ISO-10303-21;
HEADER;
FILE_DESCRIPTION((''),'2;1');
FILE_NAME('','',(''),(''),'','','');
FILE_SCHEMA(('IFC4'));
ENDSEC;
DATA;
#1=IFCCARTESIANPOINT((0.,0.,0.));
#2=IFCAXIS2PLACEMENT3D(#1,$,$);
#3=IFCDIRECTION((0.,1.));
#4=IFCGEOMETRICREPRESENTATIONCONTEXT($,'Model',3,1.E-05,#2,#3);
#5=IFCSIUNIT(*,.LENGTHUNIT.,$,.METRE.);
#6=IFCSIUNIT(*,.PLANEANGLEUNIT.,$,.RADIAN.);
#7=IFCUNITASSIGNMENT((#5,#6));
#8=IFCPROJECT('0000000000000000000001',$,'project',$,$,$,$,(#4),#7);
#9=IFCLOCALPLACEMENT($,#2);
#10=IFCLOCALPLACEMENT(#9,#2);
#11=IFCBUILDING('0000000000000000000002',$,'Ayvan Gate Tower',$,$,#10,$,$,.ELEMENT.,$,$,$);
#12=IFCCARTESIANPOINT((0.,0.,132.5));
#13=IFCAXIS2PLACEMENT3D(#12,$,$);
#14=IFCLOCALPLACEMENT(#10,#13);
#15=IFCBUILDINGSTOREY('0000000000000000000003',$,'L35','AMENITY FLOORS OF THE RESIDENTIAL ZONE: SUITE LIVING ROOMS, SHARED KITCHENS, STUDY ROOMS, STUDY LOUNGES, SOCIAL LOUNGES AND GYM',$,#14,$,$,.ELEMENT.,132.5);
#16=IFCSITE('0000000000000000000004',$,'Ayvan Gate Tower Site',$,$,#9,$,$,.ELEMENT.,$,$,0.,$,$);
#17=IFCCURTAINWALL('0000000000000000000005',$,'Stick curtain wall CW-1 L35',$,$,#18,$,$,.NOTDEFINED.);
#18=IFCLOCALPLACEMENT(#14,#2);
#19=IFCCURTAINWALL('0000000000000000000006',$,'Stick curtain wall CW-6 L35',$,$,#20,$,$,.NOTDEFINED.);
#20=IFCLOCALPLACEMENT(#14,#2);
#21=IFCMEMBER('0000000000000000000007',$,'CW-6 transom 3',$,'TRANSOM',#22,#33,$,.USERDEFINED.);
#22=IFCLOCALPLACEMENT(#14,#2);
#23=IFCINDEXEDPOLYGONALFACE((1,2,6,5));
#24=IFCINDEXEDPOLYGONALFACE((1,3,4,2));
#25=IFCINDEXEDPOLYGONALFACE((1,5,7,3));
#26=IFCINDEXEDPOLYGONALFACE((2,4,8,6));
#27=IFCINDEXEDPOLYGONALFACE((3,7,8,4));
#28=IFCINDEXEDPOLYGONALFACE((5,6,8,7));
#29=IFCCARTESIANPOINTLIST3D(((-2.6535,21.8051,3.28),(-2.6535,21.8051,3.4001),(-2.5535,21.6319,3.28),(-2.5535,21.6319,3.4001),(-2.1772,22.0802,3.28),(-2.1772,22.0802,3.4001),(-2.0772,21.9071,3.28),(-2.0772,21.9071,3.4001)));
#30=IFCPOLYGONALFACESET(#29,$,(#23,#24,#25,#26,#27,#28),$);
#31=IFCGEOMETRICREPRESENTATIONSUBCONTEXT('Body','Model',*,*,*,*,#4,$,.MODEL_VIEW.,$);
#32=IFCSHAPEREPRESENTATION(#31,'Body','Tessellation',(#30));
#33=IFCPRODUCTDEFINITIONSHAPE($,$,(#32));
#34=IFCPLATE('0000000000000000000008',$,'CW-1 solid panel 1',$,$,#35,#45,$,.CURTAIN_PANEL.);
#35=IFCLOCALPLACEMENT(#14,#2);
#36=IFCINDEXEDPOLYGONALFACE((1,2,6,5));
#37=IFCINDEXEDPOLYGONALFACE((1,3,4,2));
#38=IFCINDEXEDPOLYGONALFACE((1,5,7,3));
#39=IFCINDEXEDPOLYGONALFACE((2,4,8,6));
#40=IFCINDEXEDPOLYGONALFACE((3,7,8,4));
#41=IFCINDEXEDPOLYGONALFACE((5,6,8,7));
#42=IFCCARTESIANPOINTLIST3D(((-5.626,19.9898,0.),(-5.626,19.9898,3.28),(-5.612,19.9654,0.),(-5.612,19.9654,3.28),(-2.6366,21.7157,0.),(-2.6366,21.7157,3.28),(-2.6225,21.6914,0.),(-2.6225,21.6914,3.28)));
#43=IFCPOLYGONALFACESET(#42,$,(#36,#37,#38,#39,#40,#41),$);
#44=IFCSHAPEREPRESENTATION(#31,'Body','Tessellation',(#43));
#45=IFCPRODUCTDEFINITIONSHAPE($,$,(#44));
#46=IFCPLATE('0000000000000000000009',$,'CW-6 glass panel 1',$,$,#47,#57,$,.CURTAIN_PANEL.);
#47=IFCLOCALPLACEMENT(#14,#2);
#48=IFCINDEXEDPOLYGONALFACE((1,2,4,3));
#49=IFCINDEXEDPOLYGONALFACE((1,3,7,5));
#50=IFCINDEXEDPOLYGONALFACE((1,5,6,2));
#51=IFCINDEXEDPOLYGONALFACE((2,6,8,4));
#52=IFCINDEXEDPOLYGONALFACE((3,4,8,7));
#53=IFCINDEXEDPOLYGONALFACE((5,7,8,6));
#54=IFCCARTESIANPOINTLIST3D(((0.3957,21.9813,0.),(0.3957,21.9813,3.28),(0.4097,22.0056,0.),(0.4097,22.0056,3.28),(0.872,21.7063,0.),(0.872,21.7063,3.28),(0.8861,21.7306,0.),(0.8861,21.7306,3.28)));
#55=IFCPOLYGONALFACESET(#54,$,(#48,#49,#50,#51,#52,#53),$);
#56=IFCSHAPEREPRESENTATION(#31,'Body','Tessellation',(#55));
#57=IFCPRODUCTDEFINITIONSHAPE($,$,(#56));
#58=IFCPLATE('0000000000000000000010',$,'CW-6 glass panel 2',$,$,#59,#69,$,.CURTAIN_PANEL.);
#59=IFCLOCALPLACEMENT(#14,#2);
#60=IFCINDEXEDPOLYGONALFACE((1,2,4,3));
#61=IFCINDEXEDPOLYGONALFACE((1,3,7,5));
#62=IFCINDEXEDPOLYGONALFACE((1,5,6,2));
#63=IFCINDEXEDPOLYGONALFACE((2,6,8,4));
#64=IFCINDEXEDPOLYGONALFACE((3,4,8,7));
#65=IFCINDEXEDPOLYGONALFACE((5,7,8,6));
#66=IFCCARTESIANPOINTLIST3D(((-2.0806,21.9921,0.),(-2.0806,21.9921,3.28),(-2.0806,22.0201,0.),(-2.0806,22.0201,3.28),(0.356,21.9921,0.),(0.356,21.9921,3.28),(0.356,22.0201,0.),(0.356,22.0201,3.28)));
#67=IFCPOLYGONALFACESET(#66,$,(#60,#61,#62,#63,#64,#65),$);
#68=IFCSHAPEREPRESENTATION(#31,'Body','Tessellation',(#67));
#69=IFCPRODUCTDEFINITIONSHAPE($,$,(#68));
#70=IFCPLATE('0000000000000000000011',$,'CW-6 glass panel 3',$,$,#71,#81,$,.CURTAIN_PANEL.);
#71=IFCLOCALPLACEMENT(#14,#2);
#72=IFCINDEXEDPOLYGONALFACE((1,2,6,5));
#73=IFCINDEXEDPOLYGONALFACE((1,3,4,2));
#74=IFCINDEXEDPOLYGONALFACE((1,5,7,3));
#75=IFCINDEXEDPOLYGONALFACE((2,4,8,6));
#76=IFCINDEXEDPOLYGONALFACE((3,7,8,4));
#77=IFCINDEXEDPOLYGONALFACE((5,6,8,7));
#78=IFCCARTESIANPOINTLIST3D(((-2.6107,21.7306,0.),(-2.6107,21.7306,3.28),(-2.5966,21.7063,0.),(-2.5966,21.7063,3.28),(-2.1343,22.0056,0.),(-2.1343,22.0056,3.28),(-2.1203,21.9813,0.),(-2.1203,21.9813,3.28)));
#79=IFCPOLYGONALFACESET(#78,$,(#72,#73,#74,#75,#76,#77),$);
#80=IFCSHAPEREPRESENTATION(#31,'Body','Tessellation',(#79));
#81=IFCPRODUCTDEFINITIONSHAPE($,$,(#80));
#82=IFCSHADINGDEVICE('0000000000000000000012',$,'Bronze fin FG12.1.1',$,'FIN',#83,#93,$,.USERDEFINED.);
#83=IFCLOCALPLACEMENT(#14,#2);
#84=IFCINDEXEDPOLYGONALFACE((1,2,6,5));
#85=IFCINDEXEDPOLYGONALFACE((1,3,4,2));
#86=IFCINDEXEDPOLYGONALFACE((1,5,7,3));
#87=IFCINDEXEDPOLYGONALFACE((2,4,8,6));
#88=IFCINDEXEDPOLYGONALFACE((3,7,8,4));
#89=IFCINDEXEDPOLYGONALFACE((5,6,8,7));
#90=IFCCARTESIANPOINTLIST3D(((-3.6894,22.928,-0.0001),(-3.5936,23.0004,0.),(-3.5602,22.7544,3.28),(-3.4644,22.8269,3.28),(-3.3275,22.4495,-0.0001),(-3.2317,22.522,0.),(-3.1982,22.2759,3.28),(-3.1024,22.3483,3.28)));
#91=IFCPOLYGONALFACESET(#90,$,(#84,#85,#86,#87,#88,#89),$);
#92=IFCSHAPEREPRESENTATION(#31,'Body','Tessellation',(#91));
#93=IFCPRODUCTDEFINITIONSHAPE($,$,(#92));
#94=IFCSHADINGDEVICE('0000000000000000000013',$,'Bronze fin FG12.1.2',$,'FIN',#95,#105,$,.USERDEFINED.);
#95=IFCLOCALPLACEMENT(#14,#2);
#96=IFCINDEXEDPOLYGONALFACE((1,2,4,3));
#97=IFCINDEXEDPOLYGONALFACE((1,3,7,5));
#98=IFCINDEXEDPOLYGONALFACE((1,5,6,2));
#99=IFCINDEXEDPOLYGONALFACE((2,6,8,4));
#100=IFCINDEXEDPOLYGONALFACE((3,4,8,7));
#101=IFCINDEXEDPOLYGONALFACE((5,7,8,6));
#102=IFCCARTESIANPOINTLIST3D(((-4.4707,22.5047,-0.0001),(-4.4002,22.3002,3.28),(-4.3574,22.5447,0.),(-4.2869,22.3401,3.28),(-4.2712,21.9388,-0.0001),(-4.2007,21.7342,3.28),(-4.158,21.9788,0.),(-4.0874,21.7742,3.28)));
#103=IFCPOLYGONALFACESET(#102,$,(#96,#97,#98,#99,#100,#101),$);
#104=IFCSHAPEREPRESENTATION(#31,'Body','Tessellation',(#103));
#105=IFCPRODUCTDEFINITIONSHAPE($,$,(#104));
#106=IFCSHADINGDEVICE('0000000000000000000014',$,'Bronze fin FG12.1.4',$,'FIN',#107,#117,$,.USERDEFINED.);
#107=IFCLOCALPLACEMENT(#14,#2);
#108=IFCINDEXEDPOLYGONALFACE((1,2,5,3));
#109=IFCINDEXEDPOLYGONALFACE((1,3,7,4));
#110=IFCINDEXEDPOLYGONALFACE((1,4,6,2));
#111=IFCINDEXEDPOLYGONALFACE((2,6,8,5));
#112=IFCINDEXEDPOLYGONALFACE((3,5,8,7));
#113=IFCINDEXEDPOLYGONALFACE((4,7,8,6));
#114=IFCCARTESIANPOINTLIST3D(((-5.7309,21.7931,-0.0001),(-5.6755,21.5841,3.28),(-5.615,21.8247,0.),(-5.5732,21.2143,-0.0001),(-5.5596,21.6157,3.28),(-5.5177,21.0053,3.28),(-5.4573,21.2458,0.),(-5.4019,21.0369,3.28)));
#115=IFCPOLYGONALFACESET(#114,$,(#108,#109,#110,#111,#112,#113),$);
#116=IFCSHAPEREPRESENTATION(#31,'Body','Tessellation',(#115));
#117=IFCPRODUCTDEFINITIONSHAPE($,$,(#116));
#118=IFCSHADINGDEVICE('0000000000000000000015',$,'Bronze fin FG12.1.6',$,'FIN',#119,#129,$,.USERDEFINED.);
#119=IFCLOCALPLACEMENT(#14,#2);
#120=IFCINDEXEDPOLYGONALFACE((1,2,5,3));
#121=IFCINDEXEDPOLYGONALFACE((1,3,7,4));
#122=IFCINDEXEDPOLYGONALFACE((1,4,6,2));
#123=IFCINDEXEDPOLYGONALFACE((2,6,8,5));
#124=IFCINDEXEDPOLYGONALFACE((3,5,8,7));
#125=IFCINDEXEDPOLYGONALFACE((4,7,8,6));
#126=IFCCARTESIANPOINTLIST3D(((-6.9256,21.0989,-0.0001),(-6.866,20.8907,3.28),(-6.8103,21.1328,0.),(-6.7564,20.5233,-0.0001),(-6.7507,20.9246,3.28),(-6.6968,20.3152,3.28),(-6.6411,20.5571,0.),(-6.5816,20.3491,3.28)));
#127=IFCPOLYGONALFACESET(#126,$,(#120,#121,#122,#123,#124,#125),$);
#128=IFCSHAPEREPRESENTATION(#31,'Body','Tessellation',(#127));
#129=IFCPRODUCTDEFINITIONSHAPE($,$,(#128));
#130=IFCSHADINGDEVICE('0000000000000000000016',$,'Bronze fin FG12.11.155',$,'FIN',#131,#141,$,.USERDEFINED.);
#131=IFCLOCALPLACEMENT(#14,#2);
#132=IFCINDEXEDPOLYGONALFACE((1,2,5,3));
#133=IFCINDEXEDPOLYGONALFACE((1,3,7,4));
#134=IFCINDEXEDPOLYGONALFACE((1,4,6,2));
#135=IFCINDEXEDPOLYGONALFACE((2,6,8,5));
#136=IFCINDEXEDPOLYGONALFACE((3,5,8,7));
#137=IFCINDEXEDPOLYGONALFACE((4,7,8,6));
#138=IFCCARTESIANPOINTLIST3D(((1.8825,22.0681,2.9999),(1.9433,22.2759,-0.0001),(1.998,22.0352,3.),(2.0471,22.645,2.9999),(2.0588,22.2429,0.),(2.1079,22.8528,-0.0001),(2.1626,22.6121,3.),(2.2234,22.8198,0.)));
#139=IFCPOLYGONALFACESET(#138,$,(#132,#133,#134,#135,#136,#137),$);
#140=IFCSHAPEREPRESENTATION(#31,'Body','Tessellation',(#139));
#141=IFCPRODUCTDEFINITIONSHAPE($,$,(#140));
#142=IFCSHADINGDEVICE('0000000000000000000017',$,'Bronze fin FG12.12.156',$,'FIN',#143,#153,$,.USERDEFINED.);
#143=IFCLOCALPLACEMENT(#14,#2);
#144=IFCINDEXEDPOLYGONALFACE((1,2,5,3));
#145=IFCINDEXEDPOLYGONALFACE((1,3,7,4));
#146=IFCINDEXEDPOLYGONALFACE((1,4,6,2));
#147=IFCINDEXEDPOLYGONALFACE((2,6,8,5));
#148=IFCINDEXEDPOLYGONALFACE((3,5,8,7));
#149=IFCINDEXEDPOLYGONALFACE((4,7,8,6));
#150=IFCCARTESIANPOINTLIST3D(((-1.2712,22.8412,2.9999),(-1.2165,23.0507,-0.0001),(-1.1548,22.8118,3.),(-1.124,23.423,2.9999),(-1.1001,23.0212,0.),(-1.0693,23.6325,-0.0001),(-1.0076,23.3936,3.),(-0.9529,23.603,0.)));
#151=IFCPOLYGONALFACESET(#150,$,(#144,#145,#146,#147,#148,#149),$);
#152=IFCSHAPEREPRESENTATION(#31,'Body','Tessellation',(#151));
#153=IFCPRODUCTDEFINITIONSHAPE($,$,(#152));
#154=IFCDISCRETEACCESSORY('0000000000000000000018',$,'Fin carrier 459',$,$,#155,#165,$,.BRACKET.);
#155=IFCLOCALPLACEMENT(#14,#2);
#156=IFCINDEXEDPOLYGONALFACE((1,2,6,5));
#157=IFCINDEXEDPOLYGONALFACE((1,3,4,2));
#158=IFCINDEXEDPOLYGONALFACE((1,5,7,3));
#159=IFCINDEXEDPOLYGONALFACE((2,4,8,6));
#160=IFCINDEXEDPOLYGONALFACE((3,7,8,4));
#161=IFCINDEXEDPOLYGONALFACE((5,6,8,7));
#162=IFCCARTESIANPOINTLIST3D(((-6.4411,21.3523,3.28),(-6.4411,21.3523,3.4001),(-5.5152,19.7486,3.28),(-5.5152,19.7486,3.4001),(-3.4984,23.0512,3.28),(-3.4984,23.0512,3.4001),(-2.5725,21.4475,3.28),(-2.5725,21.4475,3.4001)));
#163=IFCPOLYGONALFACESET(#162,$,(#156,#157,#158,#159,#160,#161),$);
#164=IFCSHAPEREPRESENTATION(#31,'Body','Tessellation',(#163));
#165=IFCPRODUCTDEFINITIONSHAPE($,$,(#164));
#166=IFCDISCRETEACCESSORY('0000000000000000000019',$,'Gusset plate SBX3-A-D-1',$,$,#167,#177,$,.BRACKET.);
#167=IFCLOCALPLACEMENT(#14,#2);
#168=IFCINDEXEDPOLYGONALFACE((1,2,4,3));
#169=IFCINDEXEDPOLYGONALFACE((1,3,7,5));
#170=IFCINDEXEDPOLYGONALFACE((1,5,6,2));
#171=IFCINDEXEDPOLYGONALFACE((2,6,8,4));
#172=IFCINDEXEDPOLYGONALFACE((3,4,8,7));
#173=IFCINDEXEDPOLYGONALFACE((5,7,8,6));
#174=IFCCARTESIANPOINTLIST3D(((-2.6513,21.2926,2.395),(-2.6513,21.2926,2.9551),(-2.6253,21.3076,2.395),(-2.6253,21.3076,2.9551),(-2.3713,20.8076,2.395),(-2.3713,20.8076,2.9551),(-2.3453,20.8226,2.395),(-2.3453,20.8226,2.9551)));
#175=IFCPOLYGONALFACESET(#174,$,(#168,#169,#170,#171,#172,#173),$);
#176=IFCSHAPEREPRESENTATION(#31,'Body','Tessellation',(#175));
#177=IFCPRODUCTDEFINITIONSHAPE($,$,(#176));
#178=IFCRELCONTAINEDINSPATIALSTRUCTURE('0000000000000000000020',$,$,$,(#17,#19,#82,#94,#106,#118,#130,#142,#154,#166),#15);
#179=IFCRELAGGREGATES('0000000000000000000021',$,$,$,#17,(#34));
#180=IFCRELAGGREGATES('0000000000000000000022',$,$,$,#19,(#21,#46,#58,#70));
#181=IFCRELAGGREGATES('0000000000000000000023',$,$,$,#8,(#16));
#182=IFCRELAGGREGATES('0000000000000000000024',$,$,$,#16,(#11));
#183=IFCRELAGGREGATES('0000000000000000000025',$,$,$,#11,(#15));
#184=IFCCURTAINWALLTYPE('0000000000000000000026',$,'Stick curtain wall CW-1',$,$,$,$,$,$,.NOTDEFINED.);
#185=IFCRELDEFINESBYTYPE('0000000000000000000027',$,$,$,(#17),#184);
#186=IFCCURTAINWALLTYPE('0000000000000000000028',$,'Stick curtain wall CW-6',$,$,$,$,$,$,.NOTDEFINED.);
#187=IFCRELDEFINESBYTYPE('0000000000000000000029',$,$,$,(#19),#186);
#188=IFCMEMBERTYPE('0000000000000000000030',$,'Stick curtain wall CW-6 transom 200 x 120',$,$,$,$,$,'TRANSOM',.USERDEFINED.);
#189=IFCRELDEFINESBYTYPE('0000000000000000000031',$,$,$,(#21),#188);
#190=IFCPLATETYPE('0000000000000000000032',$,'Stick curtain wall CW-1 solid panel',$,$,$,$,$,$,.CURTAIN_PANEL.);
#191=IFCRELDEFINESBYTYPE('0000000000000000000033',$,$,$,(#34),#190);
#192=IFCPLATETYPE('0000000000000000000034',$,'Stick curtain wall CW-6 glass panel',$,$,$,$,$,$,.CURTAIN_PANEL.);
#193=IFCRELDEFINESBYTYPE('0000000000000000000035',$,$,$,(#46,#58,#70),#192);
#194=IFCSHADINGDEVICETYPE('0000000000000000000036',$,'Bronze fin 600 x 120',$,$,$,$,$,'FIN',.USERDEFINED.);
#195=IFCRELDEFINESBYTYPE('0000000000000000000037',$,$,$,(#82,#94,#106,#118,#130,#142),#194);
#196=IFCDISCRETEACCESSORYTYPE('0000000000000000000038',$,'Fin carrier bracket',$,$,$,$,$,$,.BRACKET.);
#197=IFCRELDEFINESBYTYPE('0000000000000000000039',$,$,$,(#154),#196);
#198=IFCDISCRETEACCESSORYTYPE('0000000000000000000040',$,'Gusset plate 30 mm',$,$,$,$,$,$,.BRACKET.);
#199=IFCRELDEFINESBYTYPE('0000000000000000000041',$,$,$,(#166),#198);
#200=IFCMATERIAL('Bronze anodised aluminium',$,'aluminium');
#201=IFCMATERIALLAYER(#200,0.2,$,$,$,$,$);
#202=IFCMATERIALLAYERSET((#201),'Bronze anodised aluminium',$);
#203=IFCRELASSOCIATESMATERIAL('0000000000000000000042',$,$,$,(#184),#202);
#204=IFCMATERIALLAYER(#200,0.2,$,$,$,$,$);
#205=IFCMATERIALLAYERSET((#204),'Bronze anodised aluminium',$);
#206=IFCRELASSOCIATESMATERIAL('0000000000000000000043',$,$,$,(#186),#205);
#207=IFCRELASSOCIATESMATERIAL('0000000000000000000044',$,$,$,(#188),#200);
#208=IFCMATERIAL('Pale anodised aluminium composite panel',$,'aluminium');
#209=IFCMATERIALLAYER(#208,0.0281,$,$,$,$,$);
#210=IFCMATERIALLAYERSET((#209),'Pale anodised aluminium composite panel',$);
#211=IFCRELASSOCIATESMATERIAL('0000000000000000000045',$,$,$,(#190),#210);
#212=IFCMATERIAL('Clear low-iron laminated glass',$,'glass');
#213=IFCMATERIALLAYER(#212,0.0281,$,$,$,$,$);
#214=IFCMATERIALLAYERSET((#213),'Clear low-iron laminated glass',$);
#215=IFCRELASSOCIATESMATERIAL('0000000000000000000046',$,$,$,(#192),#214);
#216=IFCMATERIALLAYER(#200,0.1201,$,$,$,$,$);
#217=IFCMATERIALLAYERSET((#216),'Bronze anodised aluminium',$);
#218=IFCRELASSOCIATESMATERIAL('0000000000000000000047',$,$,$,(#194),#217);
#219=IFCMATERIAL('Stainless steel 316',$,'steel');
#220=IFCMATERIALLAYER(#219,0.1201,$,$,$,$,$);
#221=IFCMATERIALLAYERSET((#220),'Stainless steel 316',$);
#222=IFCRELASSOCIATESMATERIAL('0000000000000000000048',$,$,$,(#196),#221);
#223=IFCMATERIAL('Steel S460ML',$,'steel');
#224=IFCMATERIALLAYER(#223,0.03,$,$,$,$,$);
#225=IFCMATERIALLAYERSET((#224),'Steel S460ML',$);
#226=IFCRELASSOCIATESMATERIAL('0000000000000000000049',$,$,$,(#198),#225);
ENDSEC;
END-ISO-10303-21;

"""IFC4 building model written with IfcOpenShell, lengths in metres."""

from ifc_helpers import new_model, si_unit, direction, frame, origin, origin_2d, place, context, subcontext, project, spatial, polyline, rectangle, outline, extrude, material, layer, layer_set, material_profile, profile_set, type_object, element, aggregate, save


model = new_model("IFC4")

# Units and contexts
model_context = context("Model", 3, precision=1e-05, world=origin(), true_north=direction((0.0, 1.0)))
body_context = subcontext(model_context, "Body", "Model", "MODEL_VIEW")
ifc_project = project(units=[si_unit("LENGTHUNIT", "METRE"), si_unit("PLANEANGLEUNIT", "RADIAN")], contexts=[model_context])

# Site, building, storey
site_placement = place(None, origin())
site = spatial("IfcSite", under=ifc_project, at=site_placement, Name="Ayvan Gate Tower Site", CompositionType="ELEMENT", RefElevation=0.0)
building_placement = place(site_placement, origin())
building = spatial("IfcBuilding", under=site, at=building_placement, Name="Ayvan Gate Tower", CompositionType="ELEMENT")
storey_placement = place(building_placement, frame((0.0, 0.0, 132.5)))
storey = spatial("IfcBuildingStorey", under=building, at=storey_placement, Name="L35", Description="AMENITY FLOORS OF THE RESIDENTIAL ZONE: SUITE LIVING ROOMS, SHARED KITCHENS, STUDY ROOMS, STUDY LOUNGES, SOCIAL LOUNGES AND GYM", CompositionType="ELEMENT", Elevation=132.5)

# Curtain wall
ifc_material_1 = material(Name="Bronze anodised aluminium", Category="aluminium")
ifc_layer_1 = layer(ifc_material_1, 0.2)
ifc_layer_set_1 = layer_set([ifc_layer_1], Name="Bronze anodised aluminium")
curtain_wall_type_1 = type_object("IfcCurtainWallType", Name="Stick curtain wall CW-1", PredefinedType="NOTDEFINED", material=ifc_layer_set_1)
curtain_wall_1_placement = place(storey_placement, origin())
curtain_wall_1 = element("IfcCurtainWall", 1, at=curtain_wall_1_placement, inside=storey, type_object=curtain_wall_type_1, Name="Stick curtain wall CW-1 L35", PredefinedType="NOTDEFINED")

# Curtain wall, member
ifc_layer_2 = layer(ifc_material_1, 0.2)
ifc_layer_set_2 = layer_set([ifc_layer_2], Name="Bronze anodised aluminium")
curtain_wall_type_2 = type_object("IfcCurtainWallType", Name="Stick curtain wall CW-6", PredefinedType="NOTDEFINED", material=ifc_layer_set_2)
curtain_wall_2_placement = place(storey_placement, origin())
curtain_wall_2 = element("IfcCurtainWall", 2, at=curtain_wall_2_placement, inside=storey, type_object=curtain_wall_type_2, Name="Stick curtain wall CW-6 L35", PredefinedType="NOTDEFINED")
ifc_material_profile_1 = material_profile(ifc_material_1, rectangle(XDim=0.2, YDim=0.1201, at=origin_2d()), Name="Stick curtain wall CW-6 transom 200 x 120")
ifc_profile_set_1 = profile_set([ifc_material_profile_1], Name="Bronze anodised aluminium")
member_type_1 = type_object("IfcMemberType", Name="Stick curtain wall CW-6 transom 200 x 120", ElementType="TRANSOM", PredefinedType="USERDEFINED", material=ifc_profile_set_1)
member_1_placement = place(storey_placement, frame((-2.1272, 21.9937, 3.3401), z_axis=(-0.865912, -0.500196, 0.0), x_axis=(0.500196, -0.865912, 0.0)))
member_1 = element("IfcMember", 3, at=member_1_placement, type_object=member_type_1, Name="CW-6 transom 3", ObjectType="TRANSOM", PredefinedType="USERDEFINED", context=body_context, shape_type="SweptSolid", body=[
    extrude(rectangle(XDim=0.2, YDim=0.1201, at=origin_2d()), origin(), (0.0, 0.0, 1.0), 0.55),
])

# Plates
ifc_material_2 = material(Name="Pale anodised aluminium composite panel", Category="aluminium")
ifc_layer_3 = layer(ifc_material_2, 0.0281)
ifc_layer_set_3 = layer_set([ifc_layer_3], Name="Pale anodised aluminium composite panel")
plate_type_1 = type_object("IfcPlateType", Name="Stick curtain wall CW-1 solid panel", PredefinedType="CURTAIN_PANEL", material=ifc_layer_set_3)
plate_1_placement = place(storey_placement, frame((-4.1243, 20.8406, 0.0), z_axis=(0.0, 0.0, 1.0), x_axis=(-0.866025, -0.5, 0.0)))
plate_1 = element("IfcPlate", 4, at=plate_1_placement, type_object=plate_type_1, Name="CW-1 solid panel 1", PredefinedType="CURTAIN_PANEL", context=body_context, shape_type="SweptSolid", body=[
    extrude(rectangle(XDim=3.4519, YDim=0.0281, at=origin_2d()), origin(), (0.0, 0.0, 1.0), 3.28),
])
aggregate(curtain_wall_1, [plate_1])
ifc_material_3 = material(Name="Clear low-iron laminated glass", Category="glass")
ifc_layer_4 = layer(ifc_material_3, 0.0281)
ifc_layer_set_4 = layer_set([ifc_layer_4], Name="Clear low-iron laminated glass")
plate_type_2 = type_object("IfcPlateType", Name="Stick curtain wall CW-6 glass panel", PredefinedType="CURTAIN_PANEL", material=ifc_layer_set_4)
plate_2_placement = place(storey_placement, frame((0.6409, 21.856, 0.0), z_axis=(0.0, 0.0, 1.0), x_axis=(-0.866025, 0.5, 0.0)))
plate_2 = element("IfcPlate", 5, at=plate_2_placement, type_object=plate_type_2, Name="CW-6 glass panel 1", PredefinedType="CURTAIN_PANEL", context=body_context, shape_type="SweptSolid", body=[
    extrude(rectangle(XDim=0.55, YDim=0.0281, at=origin_2d()), origin(), (0.0, 0.0, 1.0), 3.28),
])
plate_3_placement = place(storey_placement, frame((-0.8623, 22.0061, 0.0), z_axis=(0.0, 0.0, 1.0), x_axis=(-1.0, 0.0, 0.0)))
plate_3 = element("IfcPlate", 6, at=plate_3_placement, type_object=plate_type_2, Name="CW-6 glass panel 2", PredefinedType="CURTAIN_PANEL", context=body_context, shape_type="SweptSolid", body=[
    extrude(rectangle(XDim=2.4365, YDim=0.0281, at=origin_2d()), origin(), (0.0, 0.0, 1.0), 3.28),
])
plate_4_placement = place(storey_placement, frame((-2.3655, 21.856, 0.0), z_axis=(0.0, 0.0, 1.0), x_axis=(-0.866025, -0.5, 0.0)))
plate_4 = element("IfcPlate", 7, at=plate_4_placement, type_object=plate_type_2, Name="CW-6 glass panel 3", PredefinedType="CURTAIN_PANEL", context=body_context, shape_type="SweptSolid", body=[
    extrude(rectangle(XDim=0.55, YDim=0.0281, at=origin_2d()), origin(), (0.0, 0.0, 1.0), 3.28),
])
aggregate(curtain_wall_2, [member_1, plate_2, plate_3, plate_4])

# Shading devices
ifc_layer_5 = layer(ifc_material_1, 0.1201)
ifc_layer_set_5 = layer_set([ifc_layer_5], Name="Bronze anodised aluminium")
shading_device_type = type_object("IfcShadingDeviceType", Name="Bronze fin 600 x 120", ElementType="FIN", PredefinedType="USERDEFINED", material=ifc_layer_set_5)
shading_device_1_placement = place(storey_placement, frame((-3.2317, 22.522, 0.0), z_axis=(0.797552, 0.60325, 0.000492), x_axis=(-0.60325, 0.797552, 0.0)))
element("IfcShadingDevice", 8, at=shading_device_1_placement, inside=storey, type_object=shading_device_type, Name="Bronze fin FG12.1.1", ObjectType="FIN", PredefinedType="USERDEFINED", context=body_context, shape_type="SweptSolid", body=[
    extrude(outline(polyline([(0.0, 0.0), (0.5999, 0.0), (0.3836, 3.28), (-0.2165, 3.28), (0.0, 0.0)])), origin(), (0.0, 0.0, -1.0), 0.1201),
])
shading_device_2_placement = place(storey_placement, frame((-4.158, 21.9788, 0.0), z_axis=(0.943133, 0.332416, 0.000447), x_axis=(-0.332416, 0.943133, 0.0)))
element("IfcShadingDevice", 9, at=shading_device_2_placement, inside=storey, type_object=shading_device_type, Name="Bronze fin FG12.1.2", ObjectType="FIN", PredefinedType="USERDEFINED", context=body_context, shape_type="SweptSolid", body=[
    extrude(outline(polyline([(0.0, 0.0), (0.6, 0.0), (0.3836, 3.28), (-0.2164, 3.28), (0.0, 0.0)])), origin(), (0.0, 0.0, -1.0), 0.1201),
])
shading_device_3_placement = place(storey_placement, frame((-5.4573, 21.2458, 0.0), z_axis=(0.964829, 0.262876, 0.000447), x_axis=(-0.262876, 0.96483, 0.0)))
element("IfcShadingDevice", 10, at=shading_device_3_placement, inside=storey, type_object=shading_device_type, Name="Bronze fin FG12.1.4", ObjectType="FIN", PredefinedType="USERDEFINED", context=body_context, shape_type="SweptSolid", body=[
    extrude(outline(polyline([(0.0, 0.0), (0.6, 0.0), (0.3838, 3.28), (-0.2162, 3.28), (0.0, 0.0)])), origin(), (0.0, 0.0, -1.0), 0.1201),
])
shading_device_4_placement = place(storey_placement, frame((-6.6411, 20.5571, 0.0), z_axis=(0.959408, 0.282023, 0.000471), x_axis=(-0.282023, 0.959408, 0.0)))
element("IfcShadingDevice", 11, at=shading_device_4_placement, inside=storey, type_object=shading_device_type, Name="Bronze fin FG12.1.6", ObjectType="FIN", PredefinedType="USERDEFINED", context=body_context, shape_type="SweptSolid", body=[
    extrude(outline(polyline([(0.0, 0.0), (0.6, 0.0), (0.3834, 3.28), (-0.2164, 3.28), (0.0, 0.0)])), origin(), (0.0, 0.0, -1.0), 0.1201),
])
shading_device_5_placement = place(storey_placement, frame((2.0588, 22.2429, 0.0), z_axis=(0.961647, -0.274291, 0.000491), x_axis=(0.274291, 0.961647, 0.0)))
element("IfcShadingDevice", 12, at=shading_device_5_placement, inside=storey, type_object=shading_device_type, Name="Bronze fin FG12.11.155", ObjectType="FIN", PredefinedType="USERDEFINED", context=body_context, shape_type="SweptSolid", body=[
    extrude(outline(polyline([(0.0, 0.0), (0.5999, 0.0), (0.3834, 3.0), (-0.2165, 3.0), (0.0, 0.0)])), origin(), (0.0, 0.0, -1.0), 0.1201),
])
shading_device_6_placement = place(storey_placement, frame((-1.1001, 23.0212, 0.0), z_axis=(0.969444, -0.245311, 0.000544), x_axis=(0.245311, 0.969445, 0.0)))
element("IfcShadingDevice", 13, at=shading_device_6_placement, inside=storey, type_object=shading_device_type, Name="Bronze fin FG12.12.156", ObjectType="FIN", PredefinedType="USERDEFINED", context=body_context, shape_type="SweptSolid", body=[
    extrude(outline(polyline([(0.0, 0.0), (0.6001, 0.0), (0.3836, 3.0), (-0.2165, 3.0), (0.0, 0.0)])), origin(), (0.0, 0.0, -1.0), 0.1201),
])

# Discrete accessories
ifc_material_4 = material(Name="Stainless steel 316", Category="steel")
ifc_layer_6 = layer(ifc_material_4, 0.1201)
ifc_layer_set_6 = layer_set([ifc_layer_6], Name="Stainless steel 316")
discrete_accessory_type_1 = type_object("IfcDiscreteAccessoryType", Name="Fin carrier bracket", PredefinedType="BRACKET", material=ifc_layer_set_6)
discrete_accessory_1_placement = place(storey_placement, frame((-4.5068, 21.3999, 3.28), z_axis=(0.0, 0.0, 1.0), x_axis=(-0.866025, -0.5, 0.0)))
element("IfcDiscreteAccessory", 14, at=discrete_accessory_1_placement, inside=storey, type_object=discrete_accessory_type_1, Name="Fin carrier 459", PredefinedType="BRACKET", context=body_context, shape_type="SweptSolid", body=[
    extrude(rectangle(XDim=3.3979, YDim=1.8518, at=origin_2d()), origin(), (0.0, 0.0, 1.0), 0.1201),
])
ifc_material_5 = material(Name="Steel S460ML", Category="steel")
ifc_layer_7 = layer(ifc_material_5, 0.03)
ifc_layer_set_7 = layer_set([ifc_layer_7], Name="Steel S460ML")
discrete_accessory_type_2 = type_object("IfcDiscreteAccessoryType", Name="Gusset plate 30 mm", PredefinedType="BRACKET", material=ifc_layer_set_7)
for number, where, z_axis, x_axis, name in (
    (15, (-2.4983, 21.0576, 2.395), (0.0, 0.0, 1.0), (-0.5, 0.866025, 0.0), "Gusset plate SBX3-A-D-1"),
):
    element("IfcDiscreteAccessory", number, at=place(storey_placement, frame(where, z_axis=z_axis, x_axis=x_axis)), inside=storey, type_object=discrete_accessory_type_2, Name=name, PredefinedType="BRACKET", context=body_context, shape_type="SweptSolid", body=[
        extrude(rectangle(XDim=0.5601, YDim=0.03, at=origin_2d()), origin(), (0.0, 0.0, 1.0), 0.5601),
    ])

save(model, "model.ifc")
